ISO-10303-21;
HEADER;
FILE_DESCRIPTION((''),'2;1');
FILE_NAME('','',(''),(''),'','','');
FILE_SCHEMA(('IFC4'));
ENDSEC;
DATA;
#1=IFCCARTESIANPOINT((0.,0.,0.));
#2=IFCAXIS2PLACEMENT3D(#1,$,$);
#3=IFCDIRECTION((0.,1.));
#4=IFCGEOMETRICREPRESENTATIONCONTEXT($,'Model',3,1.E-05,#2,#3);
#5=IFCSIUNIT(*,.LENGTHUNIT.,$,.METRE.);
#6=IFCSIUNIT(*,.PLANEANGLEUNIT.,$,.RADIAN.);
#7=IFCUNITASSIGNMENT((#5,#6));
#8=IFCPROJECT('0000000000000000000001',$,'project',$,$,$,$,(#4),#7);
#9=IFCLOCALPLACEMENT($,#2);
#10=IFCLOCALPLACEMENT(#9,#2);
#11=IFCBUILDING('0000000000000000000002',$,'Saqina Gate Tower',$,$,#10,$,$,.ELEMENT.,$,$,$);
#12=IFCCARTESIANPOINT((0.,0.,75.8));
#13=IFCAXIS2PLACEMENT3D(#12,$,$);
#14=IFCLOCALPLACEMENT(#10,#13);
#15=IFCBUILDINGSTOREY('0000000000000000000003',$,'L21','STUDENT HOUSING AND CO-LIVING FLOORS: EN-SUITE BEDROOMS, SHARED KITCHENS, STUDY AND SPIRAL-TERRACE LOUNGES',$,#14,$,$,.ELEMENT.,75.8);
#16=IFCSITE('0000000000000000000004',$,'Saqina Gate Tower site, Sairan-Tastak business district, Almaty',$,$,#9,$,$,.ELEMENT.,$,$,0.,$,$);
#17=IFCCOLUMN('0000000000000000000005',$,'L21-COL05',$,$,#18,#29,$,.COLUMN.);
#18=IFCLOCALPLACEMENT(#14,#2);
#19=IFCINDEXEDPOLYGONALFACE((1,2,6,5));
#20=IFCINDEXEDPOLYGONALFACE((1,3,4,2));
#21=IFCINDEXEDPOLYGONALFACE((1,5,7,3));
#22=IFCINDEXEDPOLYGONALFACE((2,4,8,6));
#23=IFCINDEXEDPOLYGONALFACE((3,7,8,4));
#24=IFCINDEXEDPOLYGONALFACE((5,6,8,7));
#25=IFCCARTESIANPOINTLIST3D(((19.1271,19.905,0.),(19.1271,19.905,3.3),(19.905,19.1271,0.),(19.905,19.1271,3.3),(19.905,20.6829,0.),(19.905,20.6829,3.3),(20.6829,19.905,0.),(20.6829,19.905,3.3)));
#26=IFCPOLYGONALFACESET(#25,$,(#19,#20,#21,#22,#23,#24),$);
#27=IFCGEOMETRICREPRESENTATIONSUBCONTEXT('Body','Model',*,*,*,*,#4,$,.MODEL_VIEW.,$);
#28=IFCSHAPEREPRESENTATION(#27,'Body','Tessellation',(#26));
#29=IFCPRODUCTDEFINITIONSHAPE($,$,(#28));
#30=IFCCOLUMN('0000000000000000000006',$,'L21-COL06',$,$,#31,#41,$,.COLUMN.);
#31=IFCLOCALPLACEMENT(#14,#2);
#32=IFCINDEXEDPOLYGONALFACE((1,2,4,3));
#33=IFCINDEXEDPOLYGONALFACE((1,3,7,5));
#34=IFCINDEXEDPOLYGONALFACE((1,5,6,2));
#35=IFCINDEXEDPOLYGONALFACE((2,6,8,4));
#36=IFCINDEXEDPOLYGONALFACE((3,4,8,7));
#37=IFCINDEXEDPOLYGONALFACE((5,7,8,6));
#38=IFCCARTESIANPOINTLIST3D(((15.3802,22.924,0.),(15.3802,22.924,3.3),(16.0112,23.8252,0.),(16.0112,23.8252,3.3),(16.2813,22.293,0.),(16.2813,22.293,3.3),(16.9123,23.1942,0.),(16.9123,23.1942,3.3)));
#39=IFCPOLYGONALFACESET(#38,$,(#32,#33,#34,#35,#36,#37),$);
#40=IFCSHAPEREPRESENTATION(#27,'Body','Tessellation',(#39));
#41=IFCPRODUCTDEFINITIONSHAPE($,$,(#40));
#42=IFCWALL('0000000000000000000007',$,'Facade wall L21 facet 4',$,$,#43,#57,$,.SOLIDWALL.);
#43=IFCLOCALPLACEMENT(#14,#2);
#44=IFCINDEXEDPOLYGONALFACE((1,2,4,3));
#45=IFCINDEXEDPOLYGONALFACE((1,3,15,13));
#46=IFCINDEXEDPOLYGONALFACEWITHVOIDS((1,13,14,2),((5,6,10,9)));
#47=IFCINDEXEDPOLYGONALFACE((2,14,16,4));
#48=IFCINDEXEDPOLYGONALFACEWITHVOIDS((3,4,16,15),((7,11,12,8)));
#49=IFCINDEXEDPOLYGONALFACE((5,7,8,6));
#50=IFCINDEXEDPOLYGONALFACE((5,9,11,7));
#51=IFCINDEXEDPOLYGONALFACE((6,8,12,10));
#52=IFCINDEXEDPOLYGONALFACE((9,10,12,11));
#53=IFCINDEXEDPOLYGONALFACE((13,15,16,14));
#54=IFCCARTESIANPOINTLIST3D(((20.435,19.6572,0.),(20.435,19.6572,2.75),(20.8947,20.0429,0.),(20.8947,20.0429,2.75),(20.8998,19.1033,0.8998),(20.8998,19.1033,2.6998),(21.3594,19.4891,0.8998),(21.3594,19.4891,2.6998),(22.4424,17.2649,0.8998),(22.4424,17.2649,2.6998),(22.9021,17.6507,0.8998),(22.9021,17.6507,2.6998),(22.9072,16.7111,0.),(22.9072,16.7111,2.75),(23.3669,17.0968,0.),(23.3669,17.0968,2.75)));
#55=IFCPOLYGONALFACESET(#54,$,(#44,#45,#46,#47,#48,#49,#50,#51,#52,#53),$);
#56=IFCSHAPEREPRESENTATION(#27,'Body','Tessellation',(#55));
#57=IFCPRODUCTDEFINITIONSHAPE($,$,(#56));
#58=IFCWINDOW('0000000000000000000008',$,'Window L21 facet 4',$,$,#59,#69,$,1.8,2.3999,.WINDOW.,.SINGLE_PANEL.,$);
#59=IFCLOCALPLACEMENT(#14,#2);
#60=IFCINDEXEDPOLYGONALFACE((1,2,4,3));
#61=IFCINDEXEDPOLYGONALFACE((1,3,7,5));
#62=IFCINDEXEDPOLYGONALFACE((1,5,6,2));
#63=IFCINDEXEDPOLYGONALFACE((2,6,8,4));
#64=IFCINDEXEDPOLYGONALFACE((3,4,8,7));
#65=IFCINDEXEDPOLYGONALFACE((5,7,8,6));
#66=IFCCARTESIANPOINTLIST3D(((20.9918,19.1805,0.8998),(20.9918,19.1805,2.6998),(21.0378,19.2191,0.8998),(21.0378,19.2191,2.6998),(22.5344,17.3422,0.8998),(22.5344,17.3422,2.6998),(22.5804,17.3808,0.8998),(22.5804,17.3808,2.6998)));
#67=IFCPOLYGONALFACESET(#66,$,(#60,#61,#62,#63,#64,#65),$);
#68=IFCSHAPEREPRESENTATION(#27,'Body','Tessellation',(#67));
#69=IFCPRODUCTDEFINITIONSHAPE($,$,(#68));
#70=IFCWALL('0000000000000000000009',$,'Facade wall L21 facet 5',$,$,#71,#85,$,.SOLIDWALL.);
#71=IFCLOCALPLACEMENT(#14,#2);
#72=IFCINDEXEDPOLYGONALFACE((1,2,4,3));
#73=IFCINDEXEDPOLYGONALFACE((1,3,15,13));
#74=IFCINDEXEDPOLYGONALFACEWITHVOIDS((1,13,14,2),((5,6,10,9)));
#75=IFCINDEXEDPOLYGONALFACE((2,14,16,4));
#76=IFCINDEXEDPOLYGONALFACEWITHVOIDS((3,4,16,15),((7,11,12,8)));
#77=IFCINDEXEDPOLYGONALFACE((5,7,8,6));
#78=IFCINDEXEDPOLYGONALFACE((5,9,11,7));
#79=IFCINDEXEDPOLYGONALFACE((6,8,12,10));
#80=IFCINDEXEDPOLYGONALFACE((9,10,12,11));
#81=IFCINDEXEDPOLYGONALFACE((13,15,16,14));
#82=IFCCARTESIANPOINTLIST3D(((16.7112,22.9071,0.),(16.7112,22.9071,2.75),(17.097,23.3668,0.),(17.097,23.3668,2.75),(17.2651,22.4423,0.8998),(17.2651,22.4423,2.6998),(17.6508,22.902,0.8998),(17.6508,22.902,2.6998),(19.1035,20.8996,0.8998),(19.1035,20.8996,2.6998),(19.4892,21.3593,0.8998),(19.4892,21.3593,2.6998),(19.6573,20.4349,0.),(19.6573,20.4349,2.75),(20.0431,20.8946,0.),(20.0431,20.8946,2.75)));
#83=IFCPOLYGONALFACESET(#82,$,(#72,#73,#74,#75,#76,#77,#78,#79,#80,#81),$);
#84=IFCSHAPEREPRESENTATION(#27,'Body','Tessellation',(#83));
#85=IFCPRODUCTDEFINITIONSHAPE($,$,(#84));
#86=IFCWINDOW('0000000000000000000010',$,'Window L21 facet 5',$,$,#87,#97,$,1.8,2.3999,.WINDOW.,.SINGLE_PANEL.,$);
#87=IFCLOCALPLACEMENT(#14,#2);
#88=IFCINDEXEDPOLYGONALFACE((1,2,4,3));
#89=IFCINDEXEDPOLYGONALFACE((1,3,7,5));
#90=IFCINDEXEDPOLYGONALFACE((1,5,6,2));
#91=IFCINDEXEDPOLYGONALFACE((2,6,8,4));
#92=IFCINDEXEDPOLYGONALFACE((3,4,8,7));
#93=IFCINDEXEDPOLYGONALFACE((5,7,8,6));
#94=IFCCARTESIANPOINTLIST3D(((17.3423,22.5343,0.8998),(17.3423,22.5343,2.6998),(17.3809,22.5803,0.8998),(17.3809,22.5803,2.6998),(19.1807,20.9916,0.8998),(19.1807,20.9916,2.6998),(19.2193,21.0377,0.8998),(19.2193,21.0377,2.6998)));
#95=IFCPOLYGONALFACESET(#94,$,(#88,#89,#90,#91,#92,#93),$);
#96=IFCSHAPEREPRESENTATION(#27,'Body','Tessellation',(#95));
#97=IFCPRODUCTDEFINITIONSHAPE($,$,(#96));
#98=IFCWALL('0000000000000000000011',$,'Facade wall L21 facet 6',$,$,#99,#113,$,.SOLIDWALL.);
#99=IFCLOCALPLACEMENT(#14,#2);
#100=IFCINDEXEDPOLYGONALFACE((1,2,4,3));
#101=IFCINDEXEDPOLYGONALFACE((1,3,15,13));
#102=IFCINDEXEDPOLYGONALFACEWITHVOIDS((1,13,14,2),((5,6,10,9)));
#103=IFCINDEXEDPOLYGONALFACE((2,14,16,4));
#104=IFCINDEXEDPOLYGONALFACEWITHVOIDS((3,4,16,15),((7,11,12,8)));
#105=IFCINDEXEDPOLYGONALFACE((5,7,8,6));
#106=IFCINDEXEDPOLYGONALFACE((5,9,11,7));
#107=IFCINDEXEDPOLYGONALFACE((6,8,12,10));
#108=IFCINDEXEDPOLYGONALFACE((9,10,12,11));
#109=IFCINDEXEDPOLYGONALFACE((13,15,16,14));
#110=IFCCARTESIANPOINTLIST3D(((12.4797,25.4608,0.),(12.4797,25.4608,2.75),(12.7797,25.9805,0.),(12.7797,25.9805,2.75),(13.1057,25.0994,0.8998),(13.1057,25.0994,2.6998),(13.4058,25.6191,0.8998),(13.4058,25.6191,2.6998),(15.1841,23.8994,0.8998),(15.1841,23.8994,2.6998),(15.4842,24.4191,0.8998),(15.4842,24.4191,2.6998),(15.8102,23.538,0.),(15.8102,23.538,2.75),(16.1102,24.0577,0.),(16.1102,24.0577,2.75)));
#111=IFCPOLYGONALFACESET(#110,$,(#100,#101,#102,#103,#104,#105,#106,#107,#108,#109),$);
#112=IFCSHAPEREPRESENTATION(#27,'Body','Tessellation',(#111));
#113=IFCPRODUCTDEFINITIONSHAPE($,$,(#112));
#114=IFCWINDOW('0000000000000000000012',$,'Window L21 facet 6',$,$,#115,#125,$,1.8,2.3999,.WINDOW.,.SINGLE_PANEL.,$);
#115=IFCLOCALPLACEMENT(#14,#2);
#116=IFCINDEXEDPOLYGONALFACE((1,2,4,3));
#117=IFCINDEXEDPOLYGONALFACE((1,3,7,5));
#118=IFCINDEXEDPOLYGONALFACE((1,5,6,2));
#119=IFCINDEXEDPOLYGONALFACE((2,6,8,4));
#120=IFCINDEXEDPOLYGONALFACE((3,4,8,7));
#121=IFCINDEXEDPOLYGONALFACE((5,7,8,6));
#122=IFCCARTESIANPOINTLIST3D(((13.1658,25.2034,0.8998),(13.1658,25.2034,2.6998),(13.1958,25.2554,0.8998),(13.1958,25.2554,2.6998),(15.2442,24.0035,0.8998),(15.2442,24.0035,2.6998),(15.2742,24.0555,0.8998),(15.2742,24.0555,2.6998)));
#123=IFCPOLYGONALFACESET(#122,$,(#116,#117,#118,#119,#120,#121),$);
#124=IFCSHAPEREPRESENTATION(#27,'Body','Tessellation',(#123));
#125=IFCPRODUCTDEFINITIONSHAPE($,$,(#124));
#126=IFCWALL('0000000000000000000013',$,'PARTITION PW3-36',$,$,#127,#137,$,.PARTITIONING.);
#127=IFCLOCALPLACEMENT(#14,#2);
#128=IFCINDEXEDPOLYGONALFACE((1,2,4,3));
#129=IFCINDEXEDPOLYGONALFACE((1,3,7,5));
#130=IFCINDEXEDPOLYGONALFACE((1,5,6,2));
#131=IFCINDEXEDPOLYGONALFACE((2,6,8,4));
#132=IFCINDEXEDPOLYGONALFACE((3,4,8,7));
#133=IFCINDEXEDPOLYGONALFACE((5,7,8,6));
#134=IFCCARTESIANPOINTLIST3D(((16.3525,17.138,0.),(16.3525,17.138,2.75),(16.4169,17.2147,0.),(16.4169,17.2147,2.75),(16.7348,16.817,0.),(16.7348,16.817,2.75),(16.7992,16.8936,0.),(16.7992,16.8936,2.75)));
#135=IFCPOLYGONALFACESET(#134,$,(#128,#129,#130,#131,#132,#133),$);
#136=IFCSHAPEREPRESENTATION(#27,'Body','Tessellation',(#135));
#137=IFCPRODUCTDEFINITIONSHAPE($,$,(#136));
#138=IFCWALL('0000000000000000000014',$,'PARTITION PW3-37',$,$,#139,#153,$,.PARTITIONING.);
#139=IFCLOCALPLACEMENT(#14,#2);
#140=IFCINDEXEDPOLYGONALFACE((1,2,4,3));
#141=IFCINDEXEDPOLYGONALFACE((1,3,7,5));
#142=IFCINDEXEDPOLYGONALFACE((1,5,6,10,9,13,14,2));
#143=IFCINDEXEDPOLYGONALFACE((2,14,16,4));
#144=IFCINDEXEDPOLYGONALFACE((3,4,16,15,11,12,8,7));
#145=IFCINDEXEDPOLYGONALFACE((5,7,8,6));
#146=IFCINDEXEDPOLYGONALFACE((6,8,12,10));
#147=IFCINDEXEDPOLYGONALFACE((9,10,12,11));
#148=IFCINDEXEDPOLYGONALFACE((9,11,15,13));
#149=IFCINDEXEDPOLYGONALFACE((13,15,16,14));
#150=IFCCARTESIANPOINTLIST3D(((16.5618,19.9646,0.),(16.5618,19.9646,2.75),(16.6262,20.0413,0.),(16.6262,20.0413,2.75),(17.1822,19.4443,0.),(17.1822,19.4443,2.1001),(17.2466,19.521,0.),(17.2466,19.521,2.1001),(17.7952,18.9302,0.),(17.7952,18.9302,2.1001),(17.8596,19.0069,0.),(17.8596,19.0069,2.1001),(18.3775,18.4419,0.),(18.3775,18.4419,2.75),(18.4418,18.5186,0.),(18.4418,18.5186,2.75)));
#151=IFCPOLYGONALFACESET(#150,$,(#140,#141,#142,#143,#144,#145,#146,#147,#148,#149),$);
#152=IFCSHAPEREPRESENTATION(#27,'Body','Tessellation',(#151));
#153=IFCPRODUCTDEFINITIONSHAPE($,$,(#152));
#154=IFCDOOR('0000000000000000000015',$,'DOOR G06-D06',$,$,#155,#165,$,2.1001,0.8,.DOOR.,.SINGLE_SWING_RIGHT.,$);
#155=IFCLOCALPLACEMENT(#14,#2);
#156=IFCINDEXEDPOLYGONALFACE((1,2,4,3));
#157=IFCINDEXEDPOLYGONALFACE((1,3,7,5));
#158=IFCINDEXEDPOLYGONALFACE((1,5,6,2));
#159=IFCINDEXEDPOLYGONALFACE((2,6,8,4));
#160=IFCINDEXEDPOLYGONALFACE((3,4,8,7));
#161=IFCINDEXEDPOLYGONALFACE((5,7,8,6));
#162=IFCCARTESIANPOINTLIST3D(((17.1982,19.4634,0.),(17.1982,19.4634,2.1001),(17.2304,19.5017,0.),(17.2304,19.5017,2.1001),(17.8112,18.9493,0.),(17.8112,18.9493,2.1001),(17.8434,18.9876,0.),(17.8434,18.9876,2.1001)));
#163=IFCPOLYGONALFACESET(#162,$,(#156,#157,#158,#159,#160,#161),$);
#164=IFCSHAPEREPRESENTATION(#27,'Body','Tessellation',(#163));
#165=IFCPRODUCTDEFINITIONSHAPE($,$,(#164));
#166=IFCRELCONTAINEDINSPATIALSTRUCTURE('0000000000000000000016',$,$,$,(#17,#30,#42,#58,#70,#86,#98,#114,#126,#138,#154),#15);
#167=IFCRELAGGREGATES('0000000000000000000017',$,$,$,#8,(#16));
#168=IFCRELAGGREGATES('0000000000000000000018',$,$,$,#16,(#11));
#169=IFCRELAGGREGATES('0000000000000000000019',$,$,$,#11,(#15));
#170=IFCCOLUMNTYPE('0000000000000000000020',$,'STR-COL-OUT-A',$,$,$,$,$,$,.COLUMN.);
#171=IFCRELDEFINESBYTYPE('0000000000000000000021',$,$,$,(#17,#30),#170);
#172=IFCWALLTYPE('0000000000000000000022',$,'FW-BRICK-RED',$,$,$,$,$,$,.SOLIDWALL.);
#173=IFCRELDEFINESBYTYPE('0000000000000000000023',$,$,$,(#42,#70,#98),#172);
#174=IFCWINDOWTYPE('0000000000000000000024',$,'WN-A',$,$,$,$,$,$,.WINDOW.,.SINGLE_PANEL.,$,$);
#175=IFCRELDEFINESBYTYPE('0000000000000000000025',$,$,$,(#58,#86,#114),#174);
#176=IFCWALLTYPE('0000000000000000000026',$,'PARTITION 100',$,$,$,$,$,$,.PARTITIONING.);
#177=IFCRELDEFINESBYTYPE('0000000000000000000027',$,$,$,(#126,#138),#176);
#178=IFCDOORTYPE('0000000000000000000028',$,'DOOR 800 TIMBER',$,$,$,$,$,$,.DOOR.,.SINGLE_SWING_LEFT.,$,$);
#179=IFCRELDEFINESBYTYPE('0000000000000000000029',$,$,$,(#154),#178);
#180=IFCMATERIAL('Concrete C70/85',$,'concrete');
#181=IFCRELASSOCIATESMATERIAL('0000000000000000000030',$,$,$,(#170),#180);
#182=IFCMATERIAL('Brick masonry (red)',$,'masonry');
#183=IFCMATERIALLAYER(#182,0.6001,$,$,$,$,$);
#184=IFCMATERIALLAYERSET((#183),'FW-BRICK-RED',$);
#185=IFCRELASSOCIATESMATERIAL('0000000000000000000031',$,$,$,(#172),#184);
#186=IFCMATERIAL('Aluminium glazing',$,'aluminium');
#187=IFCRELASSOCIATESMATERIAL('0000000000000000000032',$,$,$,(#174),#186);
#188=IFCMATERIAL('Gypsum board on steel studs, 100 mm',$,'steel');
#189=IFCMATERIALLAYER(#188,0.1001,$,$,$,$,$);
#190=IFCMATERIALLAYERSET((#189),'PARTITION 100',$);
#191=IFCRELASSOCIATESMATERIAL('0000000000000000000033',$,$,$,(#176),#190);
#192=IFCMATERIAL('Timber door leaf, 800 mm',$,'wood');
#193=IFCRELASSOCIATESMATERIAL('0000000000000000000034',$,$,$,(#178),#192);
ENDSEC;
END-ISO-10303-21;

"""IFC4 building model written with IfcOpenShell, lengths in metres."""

from ifc_helpers import new_model, si_unit, direction, frame, frame_2d, origin, origin_2d, place, context, subcontext, project, spatial, rectangle, extrude, material, layer, layer_set, material_profile, profile_set, type_object, element, fill, save


model = new_model("IFC4")

# Units and contexts
model_context = context("Model", 3, precision=1e-05, world=origin(), true_north=direction((0.0, 1.0)))
body_context = subcontext(model_context, "Body", "Model", "MODEL_VIEW")
ifc_project = project(units=[si_unit("LENGTHUNIT", "METRE"), si_unit("PLANEANGLEUNIT", "RADIAN")], contexts=[model_context])

# Site, building, storey
site_placement = place(None, origin())
site = spatial("IfcSite", under=ifc_project, at=site_placement, Name="Saqina Gate Tower site, Sairan-Tastak business district, Almaty", CompositionType="ELEMENT", RefElevation=0.0)
building_placement = place(site_placement, origin())
building = spatial("IfcBuilding", under=site, at=building_placement, Name="Saqina Gate Tower", CompositionType="ELEMENT")
storey_placement = place(building_placement, frame((0.0, 0.0, 75.8)))
storey = spatial("IfcBuildingStorey", under=building, at=storey_placement, Name="L21", Description="STUDENT HOUSING AND CO-LIVING FLOORS: EN-SUITE BEDROOMS, SHARED KITCHENS, STUDY AND SPIRAL-TERRACE LOUNGES", CompositionType="ELEMENT", Elevation=75.8)

# Columns
ifc_material_1 = material(Name="Concrete C70/85", Category="concrete")
ifc_material_profile = material_profile(ifc_material_1, rectangle(XDim=1.1001, YDim=1.1001, at=origin_2d()), Name="RC 1100x1100")
ifc_profile_set = profile_set([ifc_material_profile], Name="Concrete C70/85")
column_type = type_object("IfcColumnType", Name="STR-COL-OUT-A", PredefinedType="COLUMN", material=ifc_profile_set)
for number, where, z_axis, x_axis, name in (
    (1, (19.905, 19.905, 0.0), (0.0, 0.0, 1.0), (0.707107, 0.707107, 0.0), "L21-COL05"),
    (2, (16.1462, 23.0591, 0.0), (0.0, 0.0, 1.0), (0.573576, 0.819152, 0.0), "L21-COL06"),
):
    element("IfcColumn", number, at=place(storey_placement, frame(where, z_axis=z_axis, x_axis=x_axis)), inside=storey, type_object=column_type, Name=name, PredefinedType="COLUMN", context=body_context, shape_type="SweptSolid", body=[
        extrude(rectangle(XDim=1.1001, YDim=1.1001, at=origin_2d()), origin(), (0.0, 0.0, 1.0), 3.3),
    ])

# Walls, openings, windows
ifc_material_2 = material(Name="Brick masonry (red)", Category="masonry")
ifc_layer_1 = layer(ifc_material_2, 0.6001)
ifc_layer_set_1 = layer_set([ifc_layer_1], Name="FW-BRICK-RED")
wall_type_1 = type_object("IfcWallType", Name="FW-BRICK-RED", PredefinedType="SOLIDWALL", material=ifc_layer_set_1)
wall_1_placement = place(storey_placement, frame((23.137, 16.9041, 0.0), z_axis=(0.0, 0.0, 1.0), x_axis=(-0.642809, 0.766026, 0.0)))
wall_1 = element("IfcWall", 3, at=wall_1_placement, inside=storey, type_object=wall_type_1, Name="Facade wall L21 facet 4", PredefinedType="SOLIDWALL", context=body_context, shape_type="SweptSolid", body=[
    extrude(rectangle(XDim=3.8459, YDim=0.6001, at=frame_2d((1.9229, 0.0))), origin(), (0.0, 0.0, 1.0), 2.75),
])
opening_1_placement = place(wall_1_placement, frame((0.7229, 0.0, 0.8999)))
opening_1 = element("IfcOpeningElement", 4, at=opening_1_placement, cuts=wall_1, PredefinedType="OPENING", context=body_context, shape_type="SweptSolid", body=[
    extrude(rectangle(XDim=2.3999, YDim=1.8, at=frame_2d((1.2, 0.8999))), frame((0.0, 0.312, 0.0), z_axis=(0.0, -1.0, 0.0), x_axis=(1.0, 0.0, 0.0)), (0.0, 0.0, 1.0), 0.624),
])
ifc_material_3 = material(Name="Aluminium glazing", Category="aluminium")
window_type = type_object("IfcWindowType", Name="WN-A", PartitioningType="SINGLE_PANEL", PredefinedType="WINDOW", material=ifc_material_3)
window_1_placement = place(opening_1_placement, origin())
window_1 = element("IfcWindow", 5, at=window_1_placement, inside=storey, type_object=window_type, Name="Window L21 facet 4", OverallHeight=1.8, OverallWidth=2.3999, PartitioningType="SINGLE_PANEL", PredefinedType="WINDOW", context=body_context, shape_type="SweptSolid", body=[
    extrude(rectangle(XDim=2.3999, YDim=1.8, at=frame_2d((1.2, 0.8999))), frame((0.0, 0.1799, 0.0), z_axis=(0.0, -1.0, 0.0), x_axis=(1.0, 0.0, 0.0)), (0.0, 0.0, 1.0), 0.0601),
])
fill(opening_1, window_1)
wall_2_placement = place(storey_placement, frame((19.8501, 20.6648, 0.0), z_axis=(0.0, 0.0, 1.0), x_axis=(-0.766026, 0.642809, 0.0)))
wall_2 = element("IfcWall", 6, at=wall_2_placement, inside=storey, type_object=wall_type_1, Name="Facade wall L21 facet 5", PredefinedType="SOLIDWALL", context=body_context, shape_type="SweptSolid", body=[
    extrude(rectangle(XDim=3.8459, YDim=0.6001, at=frame_2d((1.9229, 0.0))), origin(), (0.0, 0.0, 1.0), 2.75),
])
opening_2_placement = place(wall_2_placement, frame((0.7229, 0.0, 0.8999)))
opening_2 = element("IfcOpeningElement", 7, at=opening_2_placement, cuts=wall_2, PredefinedType="OPENING", context=body_context, shape_type="SweptSolid", body=[
    extrude(rectangle(XDim=2.3999, YDim=1.8, at=frame_2d((1.2, 0.8999))), frame((0.0, 0.312, 0.0), z_axis=(0.0, -1.0, 0.0), x_axis=(1.0, 0.0, 0.0)), (0.0, 0.0, 1.0), 0.624),
])
window_2_placement = place(opening_2_placement, origin())
window_2 = element("IfcWindow", 8, at=window_2_placement, inside=storey, type_object=window_type, Name="Window L21 facet 5", OverallHeight=1.8, OverallWidth=2.3999, PartitioningType="SINGLE_PANEL", PredefinedType="WINDOW", context=body_context, shape_type="SweptSolid", body=[
    extrude(rectangle(XDim=2.3999, YDim=1.8, at=frame_2d((1.2, 0.8999))), frame((0.0, 0.1799, 0.0), z_axis=(0.0, -1.0, 0.0), x_axis=(1.0, 0.0, 0.0)), (0.0, 0.0, 1.0), 0.0601),
])
fill(opening_2, window_2)
wall_3_placement = place(storey_placement, frame((15.9602, 23.7979, 0.0), z_axis=(0.0, 0.0, 1.0), x_axis=(-0.866031, 0.49999, 0.0)))
wall_3 = element("IfcWall", 9, at=wall_3_placement, inside=storey, type_object=wall_type_1, Name="Facade wall L21 facet 6", PredefinedType="SOLIDWALL", context=body_context, shape_type="SweptSolid", body=[
    extrude(rectangle(XDim=3.8457, YDim=0.6001, at=frame_2d((1.9229, 0.0))), origin(), (0.0, 0.0, 1.0), 2.75),
])
opening_3_placement = place(wall_3_placement, frame((0.7229, 0.0, 0.8999)))
opening_3 = element("IfcOpeningElement", 10, at=opening_3_placement, cuts=wall_3, PredefinedType="OPENING", context=body_context, shape_type="SweptSolid", body=[
    extrude(rectangle(XDim=2.3999, YDim=1.8, at=frame_2d((1.2, 0.8999))), frame((0.0, 0.312, 0.0), z_axis=(0.0, -1.0, 0.0), x_axis=(1.0, 0.0, 0.0)), (0.0, 0.0, 1.0), 0.624),
])
window_3_placement = place(opening_3_placement, origin())
window_3 = element("IfcWindow", 11, at=window_3_placement, inside=storey, type_object=window_type, Name="Window L21 facet 6", OverallHeight=1.8, OverallWidth=2.3999, PartitioningType="SINGLE_PANEL", PredefinedType="WINDOW", context=body_context, shape_type="SweptSolid", body=[
    extrude(rectangle(XDim=2.3999, YDim=1.8, at=frame_2d((1.2, 0.8999))), frame((0.0, 0.1799, 0.0), z_axis=(0.0, -1.0, 0.0), x_axis=(1.0, 0.0, 0.0)), (0.0, 0.0, 1.0), 0.0601),
])
fill(opening_3, window_3)

# Wall
ifc_material_4 = material(Name="Gypsum board on steel studs, 100 mm", Category="steel")
ifc_layer_2 = layer(ifc_material_4, 0.1001)
ifc_layer_set_2 = layer_set([ifc_layer_2], Name="PARTITION 100")
wall_type_2 = type_object("IfcWallType", Name="PARTITION 100", PredefinedType="PARTITIONING", material=ifc_layer_set_2)
wall_4_placement = place(storey_placement, frame((16.3848, 17.1763, 0.0), z_axis=(0.0, 0.0, 1.0), x_axis=(0.765811, -0.643066, 0.0)))
element("IfcWall", 12, at=wall_4_placement, inside=storey, type_object=wall_type_2, Name="PARTITION PW3-36", PredefinedType="PARTITIONING", context=body_context, shape_type="SweptSolid", body=[
    extrude(rectangle(XDim=0.4993, YDim=0.1001, at=frame_2d((0.2495, 0.0))), origin(), (0.0, 0.0, 1.0), 2.75),
])

# Wall, opening, door
wall_5_placement = place(storey_placement, frame((16.594, 20.0029, 0.0), z_axis=(0.0, 0.0, 1.0), x_axis=(0.766216, -0.642583, 0.0)))
wall_5 = element("IfcWall", 13, at=wall_5_placement, inside=storey, type_object=wall_type_2, Name="PARTITION PW3-37", PredefinedType="PARTITIONING", context=body_context, shape_type="SweptSolid", body=[
    extrude(rectangle(XDim=2.3696, YDim=0.1001, at=frame_2d((1.1848, 0.0))), origin(), (0.0, 0.0, 1.0), 2.75),
])
opening_4_placement = place(wall_5_placement, frame((0.8098, 0.0, 0.0)))
opening_4 = element("IfcOpeningElement", 14, at=opening_4_placement, cuts=wall_5, PredefinedType="OPENING", context=body_context, shape_type="SweptSolid", body=[
    extrude(rectangle(XDim=0.8, YDim=2.1001, at=frame_2d((0.3999, 1.05))), frame((0.0, 0.062, 0.0), z_axis=(0.0, -1.0, 0.0), x_axis=(1.0, 0.0, 0.0)), (0.0, 0.0, 1.0), 0.124),
])
ifc_material_5 = material(Name="Timber door leaf, 800 mm", Category="wood")
door_type_1 = type_object("IfcDoorType", Name="DOOR 800 TIMBER", OperationType="SINGLE_SWING_LEFT", PredefinedType="DOOR", material=ifc_material_5)
door_1_placement = place(opening_4_placement, origin())
door_1 = element("IfcDoor", 15, at=door_1_placement, inside=storey, type_object=door_type_1, Name="DOOR G06-D06", OperationType="SINGLE_SWING_RIGHT", OverallHeight=2.1001, OverallWidth=0.8, PredefinedType="DOOR", context=body_context, shape_type="SweptSolid", body=[
    extrude(rectangle(XDim=0.8, YDim=2.1001, at=frame_2d((0.3999, 1.05))), frame((0.0, 0.0249, 0.0), z_axis=(0.0, -1.0, 0.0), x_axis=(1.0, 0.0, 0.0)), (0.0, 0.0, 1.0), 0.05),
])
fill(opening_4, door_1)

save(model, "model.ifc")
